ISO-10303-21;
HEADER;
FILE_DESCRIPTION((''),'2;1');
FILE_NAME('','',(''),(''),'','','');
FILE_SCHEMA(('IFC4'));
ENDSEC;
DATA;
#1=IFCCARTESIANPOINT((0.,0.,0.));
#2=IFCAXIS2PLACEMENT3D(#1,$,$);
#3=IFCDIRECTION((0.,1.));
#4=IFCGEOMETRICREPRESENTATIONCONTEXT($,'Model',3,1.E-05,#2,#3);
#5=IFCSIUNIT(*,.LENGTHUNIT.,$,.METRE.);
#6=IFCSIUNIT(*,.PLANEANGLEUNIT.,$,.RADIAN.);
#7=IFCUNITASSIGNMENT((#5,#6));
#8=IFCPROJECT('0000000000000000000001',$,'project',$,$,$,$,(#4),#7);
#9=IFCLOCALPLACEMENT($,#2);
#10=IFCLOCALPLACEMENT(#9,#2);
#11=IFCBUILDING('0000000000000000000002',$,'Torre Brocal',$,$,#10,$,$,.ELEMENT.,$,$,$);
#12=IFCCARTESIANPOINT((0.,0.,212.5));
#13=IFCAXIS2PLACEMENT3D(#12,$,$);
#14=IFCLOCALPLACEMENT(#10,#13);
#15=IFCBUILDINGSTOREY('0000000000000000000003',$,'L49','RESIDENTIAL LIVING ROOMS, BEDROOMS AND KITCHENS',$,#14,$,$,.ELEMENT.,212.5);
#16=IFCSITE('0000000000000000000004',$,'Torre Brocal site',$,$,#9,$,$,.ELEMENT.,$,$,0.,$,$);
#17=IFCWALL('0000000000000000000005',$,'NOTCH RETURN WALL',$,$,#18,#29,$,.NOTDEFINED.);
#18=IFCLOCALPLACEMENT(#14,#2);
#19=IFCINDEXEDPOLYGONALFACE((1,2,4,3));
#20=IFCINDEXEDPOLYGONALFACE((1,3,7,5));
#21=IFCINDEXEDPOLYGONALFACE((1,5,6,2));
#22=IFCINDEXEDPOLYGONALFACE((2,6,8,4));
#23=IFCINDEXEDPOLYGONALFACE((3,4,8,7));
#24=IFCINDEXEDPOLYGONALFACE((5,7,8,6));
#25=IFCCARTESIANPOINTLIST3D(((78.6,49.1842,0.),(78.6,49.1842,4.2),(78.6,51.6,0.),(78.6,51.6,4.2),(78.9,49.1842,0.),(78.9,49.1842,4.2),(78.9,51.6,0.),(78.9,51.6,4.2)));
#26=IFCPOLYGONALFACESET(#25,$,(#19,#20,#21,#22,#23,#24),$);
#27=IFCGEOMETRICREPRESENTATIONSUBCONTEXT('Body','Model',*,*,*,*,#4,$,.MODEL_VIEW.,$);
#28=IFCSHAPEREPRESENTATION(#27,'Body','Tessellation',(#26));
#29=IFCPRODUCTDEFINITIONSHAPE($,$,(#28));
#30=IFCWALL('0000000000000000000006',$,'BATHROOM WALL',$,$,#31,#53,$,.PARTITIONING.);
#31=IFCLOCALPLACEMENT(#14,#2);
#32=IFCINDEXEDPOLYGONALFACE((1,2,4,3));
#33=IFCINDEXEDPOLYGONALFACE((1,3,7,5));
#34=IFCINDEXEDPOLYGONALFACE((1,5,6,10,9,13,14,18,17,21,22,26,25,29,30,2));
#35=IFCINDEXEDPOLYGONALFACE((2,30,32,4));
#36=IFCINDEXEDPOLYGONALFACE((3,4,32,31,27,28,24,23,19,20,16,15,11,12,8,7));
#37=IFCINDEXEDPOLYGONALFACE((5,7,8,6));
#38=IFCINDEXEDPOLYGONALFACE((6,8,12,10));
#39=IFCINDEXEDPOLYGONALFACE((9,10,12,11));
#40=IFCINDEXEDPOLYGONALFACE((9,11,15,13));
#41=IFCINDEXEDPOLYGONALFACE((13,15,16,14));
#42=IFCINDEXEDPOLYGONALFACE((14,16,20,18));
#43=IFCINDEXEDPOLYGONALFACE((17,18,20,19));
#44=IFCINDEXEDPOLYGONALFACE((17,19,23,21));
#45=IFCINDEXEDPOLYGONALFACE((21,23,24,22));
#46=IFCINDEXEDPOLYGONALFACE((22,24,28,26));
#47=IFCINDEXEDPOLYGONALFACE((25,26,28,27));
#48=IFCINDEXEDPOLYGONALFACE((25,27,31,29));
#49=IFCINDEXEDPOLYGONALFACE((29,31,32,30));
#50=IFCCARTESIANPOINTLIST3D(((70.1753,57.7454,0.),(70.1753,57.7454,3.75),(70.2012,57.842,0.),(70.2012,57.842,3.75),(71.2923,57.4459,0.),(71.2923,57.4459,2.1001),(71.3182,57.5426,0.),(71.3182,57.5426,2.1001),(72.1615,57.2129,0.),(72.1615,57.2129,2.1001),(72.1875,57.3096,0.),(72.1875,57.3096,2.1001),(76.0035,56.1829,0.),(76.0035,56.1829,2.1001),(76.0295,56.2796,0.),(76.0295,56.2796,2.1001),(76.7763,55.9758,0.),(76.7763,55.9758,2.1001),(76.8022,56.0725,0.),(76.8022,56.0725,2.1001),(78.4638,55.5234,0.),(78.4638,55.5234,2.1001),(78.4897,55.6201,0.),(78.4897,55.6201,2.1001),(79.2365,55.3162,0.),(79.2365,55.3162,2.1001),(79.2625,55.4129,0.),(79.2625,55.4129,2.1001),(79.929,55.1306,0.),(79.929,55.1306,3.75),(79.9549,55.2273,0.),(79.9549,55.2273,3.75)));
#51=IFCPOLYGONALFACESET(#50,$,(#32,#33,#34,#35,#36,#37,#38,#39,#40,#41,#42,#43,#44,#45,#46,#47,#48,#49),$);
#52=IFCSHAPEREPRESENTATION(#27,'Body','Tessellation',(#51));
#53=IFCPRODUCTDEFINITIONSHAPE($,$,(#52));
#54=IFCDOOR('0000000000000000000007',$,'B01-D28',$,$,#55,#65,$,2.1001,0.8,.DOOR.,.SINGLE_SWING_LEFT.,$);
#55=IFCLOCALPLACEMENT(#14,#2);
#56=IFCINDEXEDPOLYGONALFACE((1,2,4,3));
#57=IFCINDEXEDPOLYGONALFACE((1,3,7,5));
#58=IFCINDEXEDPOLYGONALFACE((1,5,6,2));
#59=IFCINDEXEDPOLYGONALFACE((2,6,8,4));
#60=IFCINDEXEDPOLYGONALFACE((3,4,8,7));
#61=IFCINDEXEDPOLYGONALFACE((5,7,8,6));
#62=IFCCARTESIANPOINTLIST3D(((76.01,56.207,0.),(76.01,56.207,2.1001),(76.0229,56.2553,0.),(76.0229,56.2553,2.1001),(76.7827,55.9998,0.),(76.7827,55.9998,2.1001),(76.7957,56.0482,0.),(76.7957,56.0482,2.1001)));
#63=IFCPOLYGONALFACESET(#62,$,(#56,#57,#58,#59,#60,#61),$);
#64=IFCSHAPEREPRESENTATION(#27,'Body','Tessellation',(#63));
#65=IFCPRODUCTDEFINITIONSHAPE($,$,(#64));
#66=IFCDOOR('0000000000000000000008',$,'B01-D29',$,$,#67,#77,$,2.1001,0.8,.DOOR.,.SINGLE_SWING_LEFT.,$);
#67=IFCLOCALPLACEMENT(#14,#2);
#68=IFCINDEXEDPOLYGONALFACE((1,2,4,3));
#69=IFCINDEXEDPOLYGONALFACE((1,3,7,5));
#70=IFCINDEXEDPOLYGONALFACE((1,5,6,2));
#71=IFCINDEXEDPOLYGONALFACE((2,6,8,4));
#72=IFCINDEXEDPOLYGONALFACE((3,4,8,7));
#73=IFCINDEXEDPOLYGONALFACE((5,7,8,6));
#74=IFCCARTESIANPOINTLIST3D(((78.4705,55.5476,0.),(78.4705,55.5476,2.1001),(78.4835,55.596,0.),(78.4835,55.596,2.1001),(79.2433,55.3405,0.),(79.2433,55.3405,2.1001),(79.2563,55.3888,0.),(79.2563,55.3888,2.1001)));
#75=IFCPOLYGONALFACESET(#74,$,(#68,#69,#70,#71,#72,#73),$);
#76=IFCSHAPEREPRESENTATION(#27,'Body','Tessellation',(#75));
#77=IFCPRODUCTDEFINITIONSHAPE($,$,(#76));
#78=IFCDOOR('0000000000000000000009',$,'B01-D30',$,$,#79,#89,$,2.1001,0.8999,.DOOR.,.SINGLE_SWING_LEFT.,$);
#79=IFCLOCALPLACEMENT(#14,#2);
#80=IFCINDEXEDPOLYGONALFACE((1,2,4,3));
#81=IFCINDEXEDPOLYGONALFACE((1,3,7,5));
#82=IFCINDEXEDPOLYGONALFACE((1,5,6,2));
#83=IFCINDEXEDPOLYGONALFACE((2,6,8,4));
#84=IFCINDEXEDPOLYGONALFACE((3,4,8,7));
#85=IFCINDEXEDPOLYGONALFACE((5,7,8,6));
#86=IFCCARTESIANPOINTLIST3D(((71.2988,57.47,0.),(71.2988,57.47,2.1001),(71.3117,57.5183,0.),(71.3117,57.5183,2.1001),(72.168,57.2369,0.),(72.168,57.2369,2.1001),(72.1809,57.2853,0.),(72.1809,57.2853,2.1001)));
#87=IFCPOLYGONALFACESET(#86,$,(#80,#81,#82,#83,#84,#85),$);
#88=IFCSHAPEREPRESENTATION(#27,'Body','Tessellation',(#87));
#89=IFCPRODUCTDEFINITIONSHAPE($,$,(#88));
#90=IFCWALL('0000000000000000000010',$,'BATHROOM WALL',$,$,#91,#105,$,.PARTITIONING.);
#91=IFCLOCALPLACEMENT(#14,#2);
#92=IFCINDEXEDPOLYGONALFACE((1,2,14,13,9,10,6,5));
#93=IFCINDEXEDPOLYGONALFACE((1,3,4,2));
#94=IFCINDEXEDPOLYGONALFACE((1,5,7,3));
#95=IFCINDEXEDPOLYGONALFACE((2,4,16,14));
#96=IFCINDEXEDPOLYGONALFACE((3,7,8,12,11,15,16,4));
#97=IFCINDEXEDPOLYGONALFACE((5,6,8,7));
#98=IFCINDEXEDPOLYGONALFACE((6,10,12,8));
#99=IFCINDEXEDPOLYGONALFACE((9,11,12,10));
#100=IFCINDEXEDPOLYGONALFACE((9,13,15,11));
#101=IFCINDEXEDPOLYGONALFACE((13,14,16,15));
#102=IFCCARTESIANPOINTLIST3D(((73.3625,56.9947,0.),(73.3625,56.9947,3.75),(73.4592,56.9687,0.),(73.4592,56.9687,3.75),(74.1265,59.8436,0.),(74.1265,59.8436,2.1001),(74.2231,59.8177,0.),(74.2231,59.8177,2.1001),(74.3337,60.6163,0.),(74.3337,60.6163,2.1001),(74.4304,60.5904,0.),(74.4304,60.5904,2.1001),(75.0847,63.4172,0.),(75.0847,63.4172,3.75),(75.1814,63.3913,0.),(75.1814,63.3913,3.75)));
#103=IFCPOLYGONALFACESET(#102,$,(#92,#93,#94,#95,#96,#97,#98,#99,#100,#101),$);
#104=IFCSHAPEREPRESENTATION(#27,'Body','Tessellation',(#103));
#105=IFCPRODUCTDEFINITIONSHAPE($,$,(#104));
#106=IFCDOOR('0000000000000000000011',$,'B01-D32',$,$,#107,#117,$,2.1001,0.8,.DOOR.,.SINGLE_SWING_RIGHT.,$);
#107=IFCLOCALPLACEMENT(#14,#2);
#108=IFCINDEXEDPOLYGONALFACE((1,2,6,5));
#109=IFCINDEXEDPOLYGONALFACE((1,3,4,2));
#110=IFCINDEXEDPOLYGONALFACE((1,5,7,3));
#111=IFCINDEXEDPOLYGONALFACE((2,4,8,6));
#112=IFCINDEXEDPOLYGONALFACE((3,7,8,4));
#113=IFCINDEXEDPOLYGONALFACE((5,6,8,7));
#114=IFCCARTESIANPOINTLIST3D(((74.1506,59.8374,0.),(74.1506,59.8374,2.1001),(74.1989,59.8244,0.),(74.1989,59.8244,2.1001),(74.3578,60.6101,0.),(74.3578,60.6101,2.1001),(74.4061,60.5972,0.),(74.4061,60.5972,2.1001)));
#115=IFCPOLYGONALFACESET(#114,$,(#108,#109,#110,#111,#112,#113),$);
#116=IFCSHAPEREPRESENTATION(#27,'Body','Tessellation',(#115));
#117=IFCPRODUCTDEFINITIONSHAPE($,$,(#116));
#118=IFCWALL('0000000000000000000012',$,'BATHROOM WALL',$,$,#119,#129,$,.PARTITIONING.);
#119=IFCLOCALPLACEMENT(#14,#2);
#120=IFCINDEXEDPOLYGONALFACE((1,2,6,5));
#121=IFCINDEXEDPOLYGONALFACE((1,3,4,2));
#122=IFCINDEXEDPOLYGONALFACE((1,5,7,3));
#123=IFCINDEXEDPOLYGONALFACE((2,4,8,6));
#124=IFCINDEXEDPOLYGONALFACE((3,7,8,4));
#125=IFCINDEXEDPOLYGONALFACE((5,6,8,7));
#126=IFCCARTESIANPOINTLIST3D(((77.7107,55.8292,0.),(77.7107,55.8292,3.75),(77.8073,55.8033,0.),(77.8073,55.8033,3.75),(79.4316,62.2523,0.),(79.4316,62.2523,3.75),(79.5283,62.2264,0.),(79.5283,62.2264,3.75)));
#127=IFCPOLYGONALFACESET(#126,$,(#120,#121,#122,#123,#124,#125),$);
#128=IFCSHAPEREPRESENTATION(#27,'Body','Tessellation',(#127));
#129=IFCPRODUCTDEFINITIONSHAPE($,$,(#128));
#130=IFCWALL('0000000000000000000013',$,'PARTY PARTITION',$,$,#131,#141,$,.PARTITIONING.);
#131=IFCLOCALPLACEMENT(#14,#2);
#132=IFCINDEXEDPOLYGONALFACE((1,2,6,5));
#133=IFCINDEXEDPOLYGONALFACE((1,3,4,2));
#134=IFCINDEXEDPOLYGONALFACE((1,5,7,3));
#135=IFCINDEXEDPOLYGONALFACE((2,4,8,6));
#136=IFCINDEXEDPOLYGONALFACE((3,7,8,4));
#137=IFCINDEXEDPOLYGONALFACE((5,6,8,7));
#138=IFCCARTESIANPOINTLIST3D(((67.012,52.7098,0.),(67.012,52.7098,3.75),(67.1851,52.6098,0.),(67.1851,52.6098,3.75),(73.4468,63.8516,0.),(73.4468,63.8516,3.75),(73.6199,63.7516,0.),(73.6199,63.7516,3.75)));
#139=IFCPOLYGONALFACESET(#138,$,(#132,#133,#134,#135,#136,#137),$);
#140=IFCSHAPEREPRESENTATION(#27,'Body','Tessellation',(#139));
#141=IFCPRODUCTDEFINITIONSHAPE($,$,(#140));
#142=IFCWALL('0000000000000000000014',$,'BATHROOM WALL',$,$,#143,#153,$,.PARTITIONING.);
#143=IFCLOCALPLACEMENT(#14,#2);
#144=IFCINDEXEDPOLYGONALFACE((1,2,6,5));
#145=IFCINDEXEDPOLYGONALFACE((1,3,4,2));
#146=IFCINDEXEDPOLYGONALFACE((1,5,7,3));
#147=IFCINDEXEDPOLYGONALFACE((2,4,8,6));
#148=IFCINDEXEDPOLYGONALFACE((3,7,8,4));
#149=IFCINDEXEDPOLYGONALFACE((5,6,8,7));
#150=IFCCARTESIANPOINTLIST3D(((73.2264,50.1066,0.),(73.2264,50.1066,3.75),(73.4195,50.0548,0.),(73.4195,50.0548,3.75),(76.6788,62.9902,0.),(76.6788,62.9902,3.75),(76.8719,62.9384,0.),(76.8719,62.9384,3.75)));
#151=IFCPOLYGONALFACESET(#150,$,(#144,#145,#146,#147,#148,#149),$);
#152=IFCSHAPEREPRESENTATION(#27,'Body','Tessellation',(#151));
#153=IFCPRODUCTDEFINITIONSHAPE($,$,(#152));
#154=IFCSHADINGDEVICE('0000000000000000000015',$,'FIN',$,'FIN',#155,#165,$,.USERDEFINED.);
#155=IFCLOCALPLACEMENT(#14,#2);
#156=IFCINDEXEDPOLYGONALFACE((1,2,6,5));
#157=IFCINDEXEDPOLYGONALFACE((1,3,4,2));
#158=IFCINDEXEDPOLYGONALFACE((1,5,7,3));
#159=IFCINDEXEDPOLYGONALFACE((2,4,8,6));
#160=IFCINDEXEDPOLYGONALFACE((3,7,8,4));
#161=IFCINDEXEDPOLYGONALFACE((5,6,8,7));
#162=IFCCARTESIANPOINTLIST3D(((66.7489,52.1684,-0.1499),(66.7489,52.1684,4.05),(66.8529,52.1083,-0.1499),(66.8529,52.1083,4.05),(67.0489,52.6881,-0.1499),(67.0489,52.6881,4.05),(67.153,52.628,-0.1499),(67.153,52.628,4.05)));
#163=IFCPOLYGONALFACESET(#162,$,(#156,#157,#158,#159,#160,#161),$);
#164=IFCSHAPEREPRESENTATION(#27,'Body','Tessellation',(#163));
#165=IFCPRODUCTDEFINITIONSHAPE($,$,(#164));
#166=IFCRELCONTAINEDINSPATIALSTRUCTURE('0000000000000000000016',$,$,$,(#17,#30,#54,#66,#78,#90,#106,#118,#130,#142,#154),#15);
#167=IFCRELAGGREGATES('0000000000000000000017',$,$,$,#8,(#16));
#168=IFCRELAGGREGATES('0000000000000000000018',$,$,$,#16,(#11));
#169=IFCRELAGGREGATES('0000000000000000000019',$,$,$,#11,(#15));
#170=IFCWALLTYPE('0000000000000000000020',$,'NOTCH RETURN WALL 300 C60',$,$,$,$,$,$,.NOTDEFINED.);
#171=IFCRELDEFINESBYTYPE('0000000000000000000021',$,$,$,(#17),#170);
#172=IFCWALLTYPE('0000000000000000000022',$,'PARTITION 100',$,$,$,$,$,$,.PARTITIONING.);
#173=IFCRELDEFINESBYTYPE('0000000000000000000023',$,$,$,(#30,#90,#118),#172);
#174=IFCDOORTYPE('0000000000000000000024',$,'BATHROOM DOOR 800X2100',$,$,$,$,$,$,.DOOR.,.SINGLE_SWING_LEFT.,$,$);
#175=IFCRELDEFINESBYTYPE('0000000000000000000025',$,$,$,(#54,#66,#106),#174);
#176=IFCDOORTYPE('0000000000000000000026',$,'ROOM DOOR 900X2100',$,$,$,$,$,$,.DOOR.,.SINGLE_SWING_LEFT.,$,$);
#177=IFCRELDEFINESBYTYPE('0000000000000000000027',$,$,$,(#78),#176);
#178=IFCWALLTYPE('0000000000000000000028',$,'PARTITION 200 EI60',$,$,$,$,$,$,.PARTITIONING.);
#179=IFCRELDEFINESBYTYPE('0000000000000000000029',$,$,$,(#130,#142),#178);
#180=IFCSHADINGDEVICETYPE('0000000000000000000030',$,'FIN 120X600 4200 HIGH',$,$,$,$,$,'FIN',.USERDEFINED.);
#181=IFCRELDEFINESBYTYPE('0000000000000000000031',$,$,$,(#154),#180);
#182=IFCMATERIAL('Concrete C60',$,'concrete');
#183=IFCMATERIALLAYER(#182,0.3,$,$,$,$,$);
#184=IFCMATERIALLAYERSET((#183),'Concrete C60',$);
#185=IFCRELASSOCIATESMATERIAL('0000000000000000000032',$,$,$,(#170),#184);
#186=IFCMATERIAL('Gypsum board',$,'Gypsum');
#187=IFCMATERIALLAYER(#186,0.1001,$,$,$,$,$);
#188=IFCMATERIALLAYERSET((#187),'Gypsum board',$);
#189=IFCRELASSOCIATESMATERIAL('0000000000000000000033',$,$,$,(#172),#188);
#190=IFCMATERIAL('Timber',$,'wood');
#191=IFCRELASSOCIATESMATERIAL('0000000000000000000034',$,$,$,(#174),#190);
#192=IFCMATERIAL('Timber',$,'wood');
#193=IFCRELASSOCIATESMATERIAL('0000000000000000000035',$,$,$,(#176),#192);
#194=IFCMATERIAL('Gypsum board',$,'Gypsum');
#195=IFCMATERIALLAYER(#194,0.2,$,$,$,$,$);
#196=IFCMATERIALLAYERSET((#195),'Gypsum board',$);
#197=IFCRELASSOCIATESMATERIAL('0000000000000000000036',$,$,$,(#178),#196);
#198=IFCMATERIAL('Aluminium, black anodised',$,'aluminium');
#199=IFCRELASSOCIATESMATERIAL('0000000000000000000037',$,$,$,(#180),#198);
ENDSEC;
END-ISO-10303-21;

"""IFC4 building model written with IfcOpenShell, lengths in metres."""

from ifc_helpers import new_model, si_unit, direction, frame, frame_2d, origin, origin_2d, place, context, subcontext, project, spatial, rectangle, extrude, material, layer, layer_set, material_profile, profile_set, type_object, element, fill, save


model = new_model("IFC4")

# Units and contexts
model_context = context("Model", 3, precision=1e-05, world=origin(), true_north=direction((0.0, 1.0)))
body_context = subcontext(model_context, "Body", "Model", "MODEL_VIEW")
ifc_project = project(units=[si_unit("LENGTHUNIT", "METRE"), si_unit("PLANEANGLEUNIT", "RADIAN")], contexts=[model_context])

# Site, building, storey
site_placement = place(None, origin())
site = spatial("IfcSite", under=ifc_project, at=site_placement, Name="Torre Brocal site", CompositionType="ELEMENT", RefElevation=0.0)
building_placement = place(site_placement, origin())
building = spatial("IfcBuilding", under=site, at=building_placement, Name="Torre Brocal", CompositionType="ELEMENT")
storey_placement = place(building_placement, frame((0.0, 0.0, 212.5)))
storey = spatial("IfcBuildingStorey", under=building, at=storey_placement, Name="L49", Description="RESIDENTIAL LIVING ROOMS, BEDROOMS AND KITCHENS", CompositionType="ELEMENT", Elevation=212.5)

# Wall
ifc_material_1 = material(Name="Concrete C60", Category="concrete")
ifc_layer_1 = layer(ifc_material_1, 0.3)
ifc_layer_set_1 = layer_set([ifc_layer_1], Name="Concrete C60")
wall_type_1 = type_object("IfcWallType", Name="NOTCH RETURN WALL 300 C60", PredefinedType="NOTDEFINED", material=ifc_layer_set_1)
wall_1_placement = place(storey_placement, frame((78.75, 51.6001, 0.0), z_axis=(0.0, 0.0, 1.0), x_axis=(0.0, -1.0, 0.0)))
element("IfcWall", 1, at=wall_1_placement, inside=storey, type_object=wall_type_1, Name="NOTCH RETURN WALL", PredefinedType="NOTDEFINED", context=body_context, shape_type="SweptSolid", body=[
    extrude(rectangle(XDim=2.4158, YDim=0.3, at=frame_2d((1.208, 0.0))), origin(), (0.0, 0.0, 1.0), 4.2),
])

# Wall, openings, doors
ifc_material_2 = material(Name="Gypsum board", Category="Gypsum")
ifc_layer_2 = layer(ifc_material_2, 0.1001)
ifc_layer_set_2 = layer_set([ifc_layer_2], Name="Gypsum board")
wall_type_2 = type_object("IfcWallType", Name="PARTITION 100", PredefinedType="PARTITIONING", material=ifc_layer_set_2)
wall_2_placement = place(storey_placement, frame((70.1882, 57.7937, 0.0), z_axis=(0.0, 0.0, 1.0), x_axis=(0.965895, -0.258935, 0.0)))
wall_2 = element("IfcWall", 2, at=wall_2_placement, inside=storey, type_object=wall_type_2, Name="BATHROOM WALL", PredefinedType="PARTITIONING", context=body_context, shape_type="SweptSolid", body=[
    extrude(rectangle(XDim=10.0981, YDim=0.1001, at=frame_2d((5.0491, 0.0))), origin(), (0.0, 0.0, 1.0), 3.75),
])
opening_1_placement = place(wall_2_placement, frame((6.0342, 0.0, 0.0)))
opening_1 = element("IfcOpeningElement", 3, at=opening_1_placement, cuts=wall_2, PredefinedType="OPENING", context=body_context, shape_type="SweptSolid", body=[
    extrude(rectangle(XDim=0.8, YDim=2.1001, at=frame_2d((0.3999, 1.05))), frame((0.0, 0.0601, 0.0), z_axis=(0.0, -1.0, 0.0), x_axis=(1.0, 0.0, 0.0)), (0.0, 0.0, 1.0), 0.1201),
])
opening_2_placement = place(wall_2_placement, frame((8.5813, 0.0, 0.0)))
opening_2 = element("IfcOpeningElement", 4, at=opening_2_placement, cuts=wall_2, PredefinedType="OPENING", context=body_context, shape_type="SweptSolid", body=[
    extrude(rectangle(XDim=0.8, YDim=2.1001, at=frame_2d((0.3999, 1.05))), frame((0.0, 0.0601, 0.0), z_axis=(0.0, -1.0, 0.0), x_axis=(1.0, 0.0, 0.0)), (0.0, 0.0, 1.0), 0.1201),
])
opening_3_placement = place(wall_2_placement, frame((1.1565, 0.0, 0.0)))
opening_3 = element("IfcOpeningElement", 5, at=opening_3_placement, cuts=wall_2, PredefinedType="OPENING", context=body_context, shape_type="SweptSolid", body=[
    extrude(rectangle(XDim=0.8999, YDim=2.1001, at=frame_2d((0.45, 1.05))), frame((0.0, 0.0601, 0.0), z_axis=(0.0, -1.0, 0.0), x_axis=(1.0, 0.0, 0.0)), (0.0, 0.0, 1.0), 0.1201),
])
ifc_material_3 = material(Name="Timber", Category="wood")
door_type_1 = type_object("IfcDoorType", Name="BATHROOM DOOR 800X2100", OperationType="SINGLE_SWING_LEFT", PredefinedType="DOOR", material=ifc_material_3)
door_1_placement = place(opening_1_placement, origin())
door_1 = element("IfcDoor", 6, at=door_1_placement, inside=storey, type_object=door_type_1, Name="B01-D28", OperationType="SINGLE_SWING_LEFT", OverallHeight=2.1001, OverallWidth=0.8, PredefinedType="DOOR", context=body_context, shape_type="SweptSolid", body=[
    extrude(rectangle(XDim=0.8, YDim=2.1001, at=frame_2d((0.3999, 1.05))), frame((0.0, 0.0249, 0.0), z_axis=(0.0, -1.0, 0.0), x_axis=(1.0, 0.0, 0.0)), (0.0, 0.0, 1.0), 0.05),
])
fill(opening_1, door_1)
door_2_placement = place(opening_2_placement, frame((0.8, 0.0, 0.0), z_axis=(0.0, 0.0, 1.0), x_axis=(-1.0, 0.0, 0.0)))
door_2 = element("IfcDoor", 7, at=door_2_placement, inside=storey, type_object=door_type_1, Name="B01-D29", OperationType="SINGLE_SWING_LEFT", OverallHeight=2.1001, OverallWidth=0.8, PredefinedType="DOOR", context=body_context, shape_type="SweptSolid", body=[
    extrude(rectangle(XDim=0.8, YDim=2.1001, at=frame_2d((0.3999, 1.05))), frame((0.0, 0.0249, 0.0), z_axis=(0.0, -1.0, 0.0), x_axis=(1.0, 0.0, 0.0)), (0.0, 0.0, 1.0), 0.05),
])
fill(opening_2, door_2)
ifc_material_4 = material(Name="Timber", Category="wood")
door_type_2 = type_object("IfcDoorType", Name="ROOM DOOR 900X2100", OperationType="SINGLE_SWING_LEFT", PredefinedType="DOOR", material=ifc_material_4)
door_3_placement = place(opening_3_placement, origin())
door_3 = element("IfcDoor", 8, at=door_3_placement, inside=storey, type_object=door_type_2, Name="B01-D30", OperationType="SINGLE_SWING_LEFT", OverallHeight=2.1001, OverallWidth=0.8999, PredefinedType="DOOR", context=body_context, shape_type="SweptSolid", body=[
    extrude(rectangle(XDim=0.8999, YDim=2.1001, at=frame_2d((0.45, 1.05))), frame((0.0, 0.0249, 0.0), z_axis=(0.0, -1.0, 0.0), x_axis=(1.0, 0.0, 0.0)), (0.0, 0.0, 1.0), 0.05),
])
fill(opening_3, door_3)

# Wall, opening, door
wall_3_placement = place(storey_placement, frame((73.4109, 56.9817, 0.0), z_axis=(0.0, 0.0, 1.0), x_axis=(0.258992, 0.965879, 0.0)))
wall_3 = element("IfcWall", 9, at=wall_3_placement, inside=storey, type_object=wall_type_2, Name="BATHROOM WALL", PredefinedType="PARTITIONING", context=body_context, shape_type="SweptSolid", body=[
    extrude(rectangle(XDim=6.6494, YDim=0.1001, at=frame_2d((3.3247, 0.0))), origin(), (0.0, 0.0, 1.0), 3.75),
])
opening_4_placement = place(wall_3_placement, frame((2.9497, 0.0, 0.0)))
opening_4 = element("IfcOpeningElement", 10, at=opening_4_placement, cuts=wall_3, PredefinedType="OPENING", context=body_context, shape_type="SweptSolid", body=[
    extrude(rectangle(XDim=0.8, YDim=2.1001, at=frame_2d((0.3999, 1.05))), frame((0.0, 0.0601, 0.0), z_axis=(0.0, -1.0, 0.0), x_axis=(1.0, 0.0, 0.0)), (0.0, 0.0, 1.0), 0.1201),
])
door_4_placement = place(opening_4_placement, frame((0.8, 0.0, 0.0), z_axis=(0.0, 0.0, 1.0), x_axis=(-1.0, 0.0, 0.0)))
door_4 = element("IfcDoor", 11, at=door_4_placement, inside=storey, type_object=door_type_1, Name="B01-D32", OperationType="SINGLE_SWING_RIGHT", OverallHeight=2.1001, OverallWidth=0.8, PredefinedType="DOOR", context=body_context, shape_type="SweptSolid", body=[
    extrude(rectangle(XDim=0.8, YDim=2.1001, at=frame_2d((0.3999, 1.05))), frame((0.0, 0.0249, 0.0), z_axis=(0.0, -1.0, 0.0), x_axis=(1.0, 0.0, 0.0)), (0.0, 0.0, 1.0), 0.05),
])
fill(opening_4, door_4)

# Walls
wall_4_placement = place(storey_placement, frame((77.759, 55.8164, 0.0), z_axis=(0.0, 0.0, 1.0), x_axis=(0.258803, 0.96593, 0.0)))
element("IfcWall", 12, at=wall_4_placement, inside=storey, type_object=wall_type_2, Name="BATHROOM WALL", PredefinedType="PARTITIONING", context=body_context, shape_type="SweptSolid", body=[
    extrude(rectangle(XDim=6.6497, YDim=0.1001, at=frame_2d((3.3247, 0.0))), origin(), (0.0, 0.0, 1.0), 3.75),
])
ifc_material_5 = material(Name="Gypsum board", Category="Gypsum")
ifc_layer_3 = layer(ifc_material_5, 0.2)
ifc_layer_set_3 = layer_set([ifc_layer_3], Name="Gypsum board")
wall_type_3 = type_object("IfcWallType", Name="PARTITION 200 EI60", PredefinedType="PARTITIONING", material=ifc_layer_set_3)
wall_5_placement = place(storey_placement, frame((67.0986, 52.6599, 0.0), z_axis=(0.0, 0.0, 1.0), x_axis=(0.50012, 0.865956, 0.0)))
element("IfcWall", 13, at=wall_5_placement, inside=storey, type_object=wall_type_3, Name="PARTY PARTITION", PredefinedType="PARTITIONING", context=body_context, shape_type="SweptSolid", body=[
    extrude(rectangle(XDim=12.8665, YDim=0.2, at=frame_2d((6.4331, 0.0))), origin(), (0.0, 0.0, 1.0), 3.75),
])
wall_6_placement = place(storey_placement, frame((73.323, 50.0808, 0.0), z_axis=(0.0, 0.0, 1.0), x_axis=(0.258837, 0.965921, 0.0)))
element("IfcWall", 14, at=wall_6_placement, inside=storey, type_object=wall_type_3, Name="BATHROOM WALL", PredefinedType="PARTITIONING", context=body_context, shape_type="SweptSolid", body=[
    extrude(rectangle(XDim=13.3381, YDim=0.2, at=frame_2d((6.6689, 0.0))), origin(), (0.0, 0.0, 1.0), 3.75),
])

# Shading device
ifc_material_6 = material(Name="Aluminium, black anodised", Category="aluminium")
ifc_material_profile_1 = material_profile(ifc_material_6, rectangle(XDim=0.1201, YDim=0.6001, at=origin_2d()), Name="FIN 120X600 4200 HIGH")
ifc_profile_set_1 = profile_set([ifc_material_profile_1], Name="Aluminium, black anodised")
shading_device_type = type_object("IfcShadingDeviceType", Name="FIN 120X600 4200 HIGH", ElementType="FIN", PredefinedType="USERDEFINED", material=ifc_profile_set_1)
for number, where, z_axis, x_axis, name in (
    (15, (66.9509, 52.3982, -0.1499), (0.0, 0.0, 1.0), (0.866025, -0.5, 0.0), "FIN"),
):
    element("IfcShadingDevice", number, at=place(storey_placement, frame(where, z_axis=z_axis, x_axis=x_axis)), inside=storey, type_object=shading_device_type, Name=name, ObjectType="FIN", PredefinedType="USERDEFINED", context=body_context, shape_type="SweptSolid", body=[
        extrude(rectangle(XDim=0.1201, YDim=0.6001, at=origin_2d()), origin(), (0.0, 0.0, 1.0), 4.2),
    ])

save(model, "model.ifc")
